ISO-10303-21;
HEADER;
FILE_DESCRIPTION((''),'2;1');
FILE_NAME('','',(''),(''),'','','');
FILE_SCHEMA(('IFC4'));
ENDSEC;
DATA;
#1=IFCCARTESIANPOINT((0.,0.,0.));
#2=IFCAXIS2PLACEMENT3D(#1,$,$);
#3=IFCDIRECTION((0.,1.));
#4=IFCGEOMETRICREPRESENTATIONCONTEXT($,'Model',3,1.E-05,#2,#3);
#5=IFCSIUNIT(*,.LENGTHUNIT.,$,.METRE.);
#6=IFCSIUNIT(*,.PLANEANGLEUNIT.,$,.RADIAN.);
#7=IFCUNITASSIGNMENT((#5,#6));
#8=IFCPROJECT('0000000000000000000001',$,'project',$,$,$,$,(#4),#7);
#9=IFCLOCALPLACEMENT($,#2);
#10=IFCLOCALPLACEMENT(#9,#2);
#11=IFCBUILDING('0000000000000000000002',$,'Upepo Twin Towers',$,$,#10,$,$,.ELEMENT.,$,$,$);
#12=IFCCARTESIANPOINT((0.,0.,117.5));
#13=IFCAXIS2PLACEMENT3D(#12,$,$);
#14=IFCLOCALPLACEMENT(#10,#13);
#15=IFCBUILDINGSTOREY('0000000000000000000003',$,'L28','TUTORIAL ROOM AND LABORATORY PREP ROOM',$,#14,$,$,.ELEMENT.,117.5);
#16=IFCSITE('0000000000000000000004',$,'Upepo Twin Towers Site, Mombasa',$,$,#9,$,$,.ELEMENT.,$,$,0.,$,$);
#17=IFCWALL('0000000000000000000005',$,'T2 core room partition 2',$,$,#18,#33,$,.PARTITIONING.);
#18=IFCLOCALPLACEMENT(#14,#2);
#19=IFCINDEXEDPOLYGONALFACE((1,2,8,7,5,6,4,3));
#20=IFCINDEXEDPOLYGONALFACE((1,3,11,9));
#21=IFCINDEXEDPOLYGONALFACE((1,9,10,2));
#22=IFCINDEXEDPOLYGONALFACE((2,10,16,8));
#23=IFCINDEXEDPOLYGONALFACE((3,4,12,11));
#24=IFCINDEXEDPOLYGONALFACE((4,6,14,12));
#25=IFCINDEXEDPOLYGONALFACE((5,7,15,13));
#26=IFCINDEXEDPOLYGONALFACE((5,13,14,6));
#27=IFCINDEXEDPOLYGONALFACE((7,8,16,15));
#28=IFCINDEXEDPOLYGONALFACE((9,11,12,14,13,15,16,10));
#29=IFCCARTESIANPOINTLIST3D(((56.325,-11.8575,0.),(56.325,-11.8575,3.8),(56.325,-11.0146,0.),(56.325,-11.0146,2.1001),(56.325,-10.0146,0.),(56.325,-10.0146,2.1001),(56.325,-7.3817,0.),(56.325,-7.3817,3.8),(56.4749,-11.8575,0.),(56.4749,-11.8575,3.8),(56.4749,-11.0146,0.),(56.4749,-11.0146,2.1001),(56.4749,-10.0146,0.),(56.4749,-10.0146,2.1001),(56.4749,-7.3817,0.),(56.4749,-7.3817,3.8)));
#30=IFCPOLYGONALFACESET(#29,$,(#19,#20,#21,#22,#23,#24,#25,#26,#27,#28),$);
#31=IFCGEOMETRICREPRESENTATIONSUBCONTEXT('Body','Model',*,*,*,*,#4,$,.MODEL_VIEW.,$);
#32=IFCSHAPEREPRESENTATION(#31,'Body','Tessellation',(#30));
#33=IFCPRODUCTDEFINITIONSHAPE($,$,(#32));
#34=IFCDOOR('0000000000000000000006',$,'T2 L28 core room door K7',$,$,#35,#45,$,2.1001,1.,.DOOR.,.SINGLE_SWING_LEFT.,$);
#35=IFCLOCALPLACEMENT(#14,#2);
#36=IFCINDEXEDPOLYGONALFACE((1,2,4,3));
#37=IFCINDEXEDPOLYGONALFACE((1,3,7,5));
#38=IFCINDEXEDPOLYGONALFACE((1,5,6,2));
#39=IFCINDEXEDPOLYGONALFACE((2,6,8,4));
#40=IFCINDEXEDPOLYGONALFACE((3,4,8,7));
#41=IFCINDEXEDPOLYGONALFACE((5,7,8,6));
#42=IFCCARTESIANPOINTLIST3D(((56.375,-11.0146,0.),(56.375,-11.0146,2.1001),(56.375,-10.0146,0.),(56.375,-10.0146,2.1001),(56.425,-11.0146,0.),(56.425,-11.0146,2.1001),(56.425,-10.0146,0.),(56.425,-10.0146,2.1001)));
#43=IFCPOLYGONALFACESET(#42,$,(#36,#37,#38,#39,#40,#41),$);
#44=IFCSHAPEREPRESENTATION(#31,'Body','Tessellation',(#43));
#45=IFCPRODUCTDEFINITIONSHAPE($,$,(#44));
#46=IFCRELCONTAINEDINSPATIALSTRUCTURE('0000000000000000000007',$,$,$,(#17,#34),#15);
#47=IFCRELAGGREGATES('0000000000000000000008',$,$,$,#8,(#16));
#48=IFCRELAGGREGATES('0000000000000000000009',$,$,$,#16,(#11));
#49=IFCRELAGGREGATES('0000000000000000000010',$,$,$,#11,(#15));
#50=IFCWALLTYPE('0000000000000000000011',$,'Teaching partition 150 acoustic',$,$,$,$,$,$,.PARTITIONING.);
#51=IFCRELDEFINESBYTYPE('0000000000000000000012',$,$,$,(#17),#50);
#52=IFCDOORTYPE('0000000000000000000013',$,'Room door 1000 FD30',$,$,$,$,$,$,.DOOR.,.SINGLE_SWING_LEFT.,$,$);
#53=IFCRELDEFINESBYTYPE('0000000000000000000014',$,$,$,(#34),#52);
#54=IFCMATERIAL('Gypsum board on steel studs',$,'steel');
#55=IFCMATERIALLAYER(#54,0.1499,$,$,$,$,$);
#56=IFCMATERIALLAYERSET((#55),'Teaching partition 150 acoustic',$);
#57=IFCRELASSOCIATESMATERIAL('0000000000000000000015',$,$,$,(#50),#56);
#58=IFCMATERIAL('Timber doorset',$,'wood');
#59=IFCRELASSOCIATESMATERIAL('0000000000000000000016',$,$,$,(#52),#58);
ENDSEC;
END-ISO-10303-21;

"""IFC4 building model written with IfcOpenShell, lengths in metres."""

from ifc_helpers import new_model, si_unit, direction, frame, frame_2d, origin, place, context, subcontext, project, spatial, rectangle, extrude, material, layer, layer_set, type_object, element, fill, save


model = new_model("IFC4")

# Units and contexts
model_context = context("Model", 3, precision=1e-05, world=origin(), true_north=direction((0.0, 1.0)))
body_context = subcontext(model_context, "Body", "Model", "MODEL_VIEW")
ifc_project = project(units=[si_unit("LENGTHUNIT", "METRE"), si_unit("PLANEANGLEUNIT", "RADIAN")], contexts=[model_context])

# Site, building, storey
site_placement = place(None, origin())
site = spatial("IfcSite", under=ifc_project, at=site_placement, Name="Upepo Twin Towers Site, Mombasa", CompositionType="ELEMENT", RefElevation=0.0)
building_placement = place(site_placement, origin())
building = spatial("IfcBuilding", under=site, at=building_placement, Name="Upepo Twin Towers", CompositionType="ELEMENT")
storey_placement = place(building_placement, frame((0.0, 0.0, 117.5)))
storey = spatial("IfcBuildingStorey", under=building, at=storey_placement, Name="L28", Description="TUTORIAL ROOM AND LABORATORY PREP ROOM", CompositionType="ELEMENT", Elevation=117.5)

# Wall, opening, door
ifc_material_1 = material(Name="Gypsum board on steel studs", Category="steel")
ifc_layer_1 = layer(ifc_material_1, 0.1499)
ifc_layer_set_1 = layer_set([ifc_layer_1], Name="Teaching partition 150 acoustic")
wall_type_1 = type_object("IfcWallType", Name="Teaching partition 150 acoustic", PredefinedType="PARTITIONING", material=ifc_layer_set_1)
ifc_material_2 = material(Name="Timber doorset", Category="wood")
door_type_1 = type_object("IfcDoorType", Name="Room door 1000 FD30", OperationType="SINGLE_SWING_LEFT", PredefinedType="DOOR", material=ifc_material_2)
wall_1_placement = place(storey_placement, frame((56.3999, -11.8574, 0.0), z_axis=(0.0, 0.0, 1.0), x_axis=(0.0, 1.0, 0.0)))
wall_1 = element("IfcWall", 1, at=wall_1_placement, inside=storey, type_object=wall_type_1, Name="T2 core room partition 2", PredefinedType="PARTITIONING", context=body_context, shape_type="SweptSolid", body=[
    extrude(rectangle(XDim=4.4758, YDim=0.1499, at=frame_2d((2.2378, 0.0))), origin(), (0.0, 0.0, 1.0), 3.8),
])
opening_1_placement = place(wall_1_placement, frame((0.8428, 0.0, 0.0)))
opening_1 = element("IfcOpeningElement", 2, at=opening_1_placement, cuts=wall_1, PredefinedType="OPENING", context=body_context, shape_type="SweptSolid", body=[
    extrude(rectangle(XDim=1.0, YDim=2.1001, at=frame_2d((0.5, 1.05))), frame((0.0, 0.085, 0.0), z_axis=(0.0, -1.0, 0.0), x_axis=(1.0, 0.0, 0.0)), (0.0, 0.0, 1.0), 0.1699),
])
door_1_placement = place(opening_1_placement, origin())
door_1 = element("IfcDoor", 3, at=door_1_placement, inside=storey, type_object=door_type_1, Name="T2 L28 core room door K7", OperationType="SINGLE_SWING_LEFT", OverallHeight=2.1001, OverallWidth=1.0, PredefinedType="DOOR", context=body_context, shape_type="SweptSolid", body=[
    extrude(rectangle(XDim=1.0, YDim=2.1001, at=frame_2d((0.5, 1.05))), frame((0.0, 0.0249, 0.0), z_axis=(0.0, -1.0, 0.0), x_axis=(1.0, 0.0, 0.0)), (0.0, 0.0, 1.0), 0.05),
])
fill(opening_1, door_1)

save(model, "model.ifc")
